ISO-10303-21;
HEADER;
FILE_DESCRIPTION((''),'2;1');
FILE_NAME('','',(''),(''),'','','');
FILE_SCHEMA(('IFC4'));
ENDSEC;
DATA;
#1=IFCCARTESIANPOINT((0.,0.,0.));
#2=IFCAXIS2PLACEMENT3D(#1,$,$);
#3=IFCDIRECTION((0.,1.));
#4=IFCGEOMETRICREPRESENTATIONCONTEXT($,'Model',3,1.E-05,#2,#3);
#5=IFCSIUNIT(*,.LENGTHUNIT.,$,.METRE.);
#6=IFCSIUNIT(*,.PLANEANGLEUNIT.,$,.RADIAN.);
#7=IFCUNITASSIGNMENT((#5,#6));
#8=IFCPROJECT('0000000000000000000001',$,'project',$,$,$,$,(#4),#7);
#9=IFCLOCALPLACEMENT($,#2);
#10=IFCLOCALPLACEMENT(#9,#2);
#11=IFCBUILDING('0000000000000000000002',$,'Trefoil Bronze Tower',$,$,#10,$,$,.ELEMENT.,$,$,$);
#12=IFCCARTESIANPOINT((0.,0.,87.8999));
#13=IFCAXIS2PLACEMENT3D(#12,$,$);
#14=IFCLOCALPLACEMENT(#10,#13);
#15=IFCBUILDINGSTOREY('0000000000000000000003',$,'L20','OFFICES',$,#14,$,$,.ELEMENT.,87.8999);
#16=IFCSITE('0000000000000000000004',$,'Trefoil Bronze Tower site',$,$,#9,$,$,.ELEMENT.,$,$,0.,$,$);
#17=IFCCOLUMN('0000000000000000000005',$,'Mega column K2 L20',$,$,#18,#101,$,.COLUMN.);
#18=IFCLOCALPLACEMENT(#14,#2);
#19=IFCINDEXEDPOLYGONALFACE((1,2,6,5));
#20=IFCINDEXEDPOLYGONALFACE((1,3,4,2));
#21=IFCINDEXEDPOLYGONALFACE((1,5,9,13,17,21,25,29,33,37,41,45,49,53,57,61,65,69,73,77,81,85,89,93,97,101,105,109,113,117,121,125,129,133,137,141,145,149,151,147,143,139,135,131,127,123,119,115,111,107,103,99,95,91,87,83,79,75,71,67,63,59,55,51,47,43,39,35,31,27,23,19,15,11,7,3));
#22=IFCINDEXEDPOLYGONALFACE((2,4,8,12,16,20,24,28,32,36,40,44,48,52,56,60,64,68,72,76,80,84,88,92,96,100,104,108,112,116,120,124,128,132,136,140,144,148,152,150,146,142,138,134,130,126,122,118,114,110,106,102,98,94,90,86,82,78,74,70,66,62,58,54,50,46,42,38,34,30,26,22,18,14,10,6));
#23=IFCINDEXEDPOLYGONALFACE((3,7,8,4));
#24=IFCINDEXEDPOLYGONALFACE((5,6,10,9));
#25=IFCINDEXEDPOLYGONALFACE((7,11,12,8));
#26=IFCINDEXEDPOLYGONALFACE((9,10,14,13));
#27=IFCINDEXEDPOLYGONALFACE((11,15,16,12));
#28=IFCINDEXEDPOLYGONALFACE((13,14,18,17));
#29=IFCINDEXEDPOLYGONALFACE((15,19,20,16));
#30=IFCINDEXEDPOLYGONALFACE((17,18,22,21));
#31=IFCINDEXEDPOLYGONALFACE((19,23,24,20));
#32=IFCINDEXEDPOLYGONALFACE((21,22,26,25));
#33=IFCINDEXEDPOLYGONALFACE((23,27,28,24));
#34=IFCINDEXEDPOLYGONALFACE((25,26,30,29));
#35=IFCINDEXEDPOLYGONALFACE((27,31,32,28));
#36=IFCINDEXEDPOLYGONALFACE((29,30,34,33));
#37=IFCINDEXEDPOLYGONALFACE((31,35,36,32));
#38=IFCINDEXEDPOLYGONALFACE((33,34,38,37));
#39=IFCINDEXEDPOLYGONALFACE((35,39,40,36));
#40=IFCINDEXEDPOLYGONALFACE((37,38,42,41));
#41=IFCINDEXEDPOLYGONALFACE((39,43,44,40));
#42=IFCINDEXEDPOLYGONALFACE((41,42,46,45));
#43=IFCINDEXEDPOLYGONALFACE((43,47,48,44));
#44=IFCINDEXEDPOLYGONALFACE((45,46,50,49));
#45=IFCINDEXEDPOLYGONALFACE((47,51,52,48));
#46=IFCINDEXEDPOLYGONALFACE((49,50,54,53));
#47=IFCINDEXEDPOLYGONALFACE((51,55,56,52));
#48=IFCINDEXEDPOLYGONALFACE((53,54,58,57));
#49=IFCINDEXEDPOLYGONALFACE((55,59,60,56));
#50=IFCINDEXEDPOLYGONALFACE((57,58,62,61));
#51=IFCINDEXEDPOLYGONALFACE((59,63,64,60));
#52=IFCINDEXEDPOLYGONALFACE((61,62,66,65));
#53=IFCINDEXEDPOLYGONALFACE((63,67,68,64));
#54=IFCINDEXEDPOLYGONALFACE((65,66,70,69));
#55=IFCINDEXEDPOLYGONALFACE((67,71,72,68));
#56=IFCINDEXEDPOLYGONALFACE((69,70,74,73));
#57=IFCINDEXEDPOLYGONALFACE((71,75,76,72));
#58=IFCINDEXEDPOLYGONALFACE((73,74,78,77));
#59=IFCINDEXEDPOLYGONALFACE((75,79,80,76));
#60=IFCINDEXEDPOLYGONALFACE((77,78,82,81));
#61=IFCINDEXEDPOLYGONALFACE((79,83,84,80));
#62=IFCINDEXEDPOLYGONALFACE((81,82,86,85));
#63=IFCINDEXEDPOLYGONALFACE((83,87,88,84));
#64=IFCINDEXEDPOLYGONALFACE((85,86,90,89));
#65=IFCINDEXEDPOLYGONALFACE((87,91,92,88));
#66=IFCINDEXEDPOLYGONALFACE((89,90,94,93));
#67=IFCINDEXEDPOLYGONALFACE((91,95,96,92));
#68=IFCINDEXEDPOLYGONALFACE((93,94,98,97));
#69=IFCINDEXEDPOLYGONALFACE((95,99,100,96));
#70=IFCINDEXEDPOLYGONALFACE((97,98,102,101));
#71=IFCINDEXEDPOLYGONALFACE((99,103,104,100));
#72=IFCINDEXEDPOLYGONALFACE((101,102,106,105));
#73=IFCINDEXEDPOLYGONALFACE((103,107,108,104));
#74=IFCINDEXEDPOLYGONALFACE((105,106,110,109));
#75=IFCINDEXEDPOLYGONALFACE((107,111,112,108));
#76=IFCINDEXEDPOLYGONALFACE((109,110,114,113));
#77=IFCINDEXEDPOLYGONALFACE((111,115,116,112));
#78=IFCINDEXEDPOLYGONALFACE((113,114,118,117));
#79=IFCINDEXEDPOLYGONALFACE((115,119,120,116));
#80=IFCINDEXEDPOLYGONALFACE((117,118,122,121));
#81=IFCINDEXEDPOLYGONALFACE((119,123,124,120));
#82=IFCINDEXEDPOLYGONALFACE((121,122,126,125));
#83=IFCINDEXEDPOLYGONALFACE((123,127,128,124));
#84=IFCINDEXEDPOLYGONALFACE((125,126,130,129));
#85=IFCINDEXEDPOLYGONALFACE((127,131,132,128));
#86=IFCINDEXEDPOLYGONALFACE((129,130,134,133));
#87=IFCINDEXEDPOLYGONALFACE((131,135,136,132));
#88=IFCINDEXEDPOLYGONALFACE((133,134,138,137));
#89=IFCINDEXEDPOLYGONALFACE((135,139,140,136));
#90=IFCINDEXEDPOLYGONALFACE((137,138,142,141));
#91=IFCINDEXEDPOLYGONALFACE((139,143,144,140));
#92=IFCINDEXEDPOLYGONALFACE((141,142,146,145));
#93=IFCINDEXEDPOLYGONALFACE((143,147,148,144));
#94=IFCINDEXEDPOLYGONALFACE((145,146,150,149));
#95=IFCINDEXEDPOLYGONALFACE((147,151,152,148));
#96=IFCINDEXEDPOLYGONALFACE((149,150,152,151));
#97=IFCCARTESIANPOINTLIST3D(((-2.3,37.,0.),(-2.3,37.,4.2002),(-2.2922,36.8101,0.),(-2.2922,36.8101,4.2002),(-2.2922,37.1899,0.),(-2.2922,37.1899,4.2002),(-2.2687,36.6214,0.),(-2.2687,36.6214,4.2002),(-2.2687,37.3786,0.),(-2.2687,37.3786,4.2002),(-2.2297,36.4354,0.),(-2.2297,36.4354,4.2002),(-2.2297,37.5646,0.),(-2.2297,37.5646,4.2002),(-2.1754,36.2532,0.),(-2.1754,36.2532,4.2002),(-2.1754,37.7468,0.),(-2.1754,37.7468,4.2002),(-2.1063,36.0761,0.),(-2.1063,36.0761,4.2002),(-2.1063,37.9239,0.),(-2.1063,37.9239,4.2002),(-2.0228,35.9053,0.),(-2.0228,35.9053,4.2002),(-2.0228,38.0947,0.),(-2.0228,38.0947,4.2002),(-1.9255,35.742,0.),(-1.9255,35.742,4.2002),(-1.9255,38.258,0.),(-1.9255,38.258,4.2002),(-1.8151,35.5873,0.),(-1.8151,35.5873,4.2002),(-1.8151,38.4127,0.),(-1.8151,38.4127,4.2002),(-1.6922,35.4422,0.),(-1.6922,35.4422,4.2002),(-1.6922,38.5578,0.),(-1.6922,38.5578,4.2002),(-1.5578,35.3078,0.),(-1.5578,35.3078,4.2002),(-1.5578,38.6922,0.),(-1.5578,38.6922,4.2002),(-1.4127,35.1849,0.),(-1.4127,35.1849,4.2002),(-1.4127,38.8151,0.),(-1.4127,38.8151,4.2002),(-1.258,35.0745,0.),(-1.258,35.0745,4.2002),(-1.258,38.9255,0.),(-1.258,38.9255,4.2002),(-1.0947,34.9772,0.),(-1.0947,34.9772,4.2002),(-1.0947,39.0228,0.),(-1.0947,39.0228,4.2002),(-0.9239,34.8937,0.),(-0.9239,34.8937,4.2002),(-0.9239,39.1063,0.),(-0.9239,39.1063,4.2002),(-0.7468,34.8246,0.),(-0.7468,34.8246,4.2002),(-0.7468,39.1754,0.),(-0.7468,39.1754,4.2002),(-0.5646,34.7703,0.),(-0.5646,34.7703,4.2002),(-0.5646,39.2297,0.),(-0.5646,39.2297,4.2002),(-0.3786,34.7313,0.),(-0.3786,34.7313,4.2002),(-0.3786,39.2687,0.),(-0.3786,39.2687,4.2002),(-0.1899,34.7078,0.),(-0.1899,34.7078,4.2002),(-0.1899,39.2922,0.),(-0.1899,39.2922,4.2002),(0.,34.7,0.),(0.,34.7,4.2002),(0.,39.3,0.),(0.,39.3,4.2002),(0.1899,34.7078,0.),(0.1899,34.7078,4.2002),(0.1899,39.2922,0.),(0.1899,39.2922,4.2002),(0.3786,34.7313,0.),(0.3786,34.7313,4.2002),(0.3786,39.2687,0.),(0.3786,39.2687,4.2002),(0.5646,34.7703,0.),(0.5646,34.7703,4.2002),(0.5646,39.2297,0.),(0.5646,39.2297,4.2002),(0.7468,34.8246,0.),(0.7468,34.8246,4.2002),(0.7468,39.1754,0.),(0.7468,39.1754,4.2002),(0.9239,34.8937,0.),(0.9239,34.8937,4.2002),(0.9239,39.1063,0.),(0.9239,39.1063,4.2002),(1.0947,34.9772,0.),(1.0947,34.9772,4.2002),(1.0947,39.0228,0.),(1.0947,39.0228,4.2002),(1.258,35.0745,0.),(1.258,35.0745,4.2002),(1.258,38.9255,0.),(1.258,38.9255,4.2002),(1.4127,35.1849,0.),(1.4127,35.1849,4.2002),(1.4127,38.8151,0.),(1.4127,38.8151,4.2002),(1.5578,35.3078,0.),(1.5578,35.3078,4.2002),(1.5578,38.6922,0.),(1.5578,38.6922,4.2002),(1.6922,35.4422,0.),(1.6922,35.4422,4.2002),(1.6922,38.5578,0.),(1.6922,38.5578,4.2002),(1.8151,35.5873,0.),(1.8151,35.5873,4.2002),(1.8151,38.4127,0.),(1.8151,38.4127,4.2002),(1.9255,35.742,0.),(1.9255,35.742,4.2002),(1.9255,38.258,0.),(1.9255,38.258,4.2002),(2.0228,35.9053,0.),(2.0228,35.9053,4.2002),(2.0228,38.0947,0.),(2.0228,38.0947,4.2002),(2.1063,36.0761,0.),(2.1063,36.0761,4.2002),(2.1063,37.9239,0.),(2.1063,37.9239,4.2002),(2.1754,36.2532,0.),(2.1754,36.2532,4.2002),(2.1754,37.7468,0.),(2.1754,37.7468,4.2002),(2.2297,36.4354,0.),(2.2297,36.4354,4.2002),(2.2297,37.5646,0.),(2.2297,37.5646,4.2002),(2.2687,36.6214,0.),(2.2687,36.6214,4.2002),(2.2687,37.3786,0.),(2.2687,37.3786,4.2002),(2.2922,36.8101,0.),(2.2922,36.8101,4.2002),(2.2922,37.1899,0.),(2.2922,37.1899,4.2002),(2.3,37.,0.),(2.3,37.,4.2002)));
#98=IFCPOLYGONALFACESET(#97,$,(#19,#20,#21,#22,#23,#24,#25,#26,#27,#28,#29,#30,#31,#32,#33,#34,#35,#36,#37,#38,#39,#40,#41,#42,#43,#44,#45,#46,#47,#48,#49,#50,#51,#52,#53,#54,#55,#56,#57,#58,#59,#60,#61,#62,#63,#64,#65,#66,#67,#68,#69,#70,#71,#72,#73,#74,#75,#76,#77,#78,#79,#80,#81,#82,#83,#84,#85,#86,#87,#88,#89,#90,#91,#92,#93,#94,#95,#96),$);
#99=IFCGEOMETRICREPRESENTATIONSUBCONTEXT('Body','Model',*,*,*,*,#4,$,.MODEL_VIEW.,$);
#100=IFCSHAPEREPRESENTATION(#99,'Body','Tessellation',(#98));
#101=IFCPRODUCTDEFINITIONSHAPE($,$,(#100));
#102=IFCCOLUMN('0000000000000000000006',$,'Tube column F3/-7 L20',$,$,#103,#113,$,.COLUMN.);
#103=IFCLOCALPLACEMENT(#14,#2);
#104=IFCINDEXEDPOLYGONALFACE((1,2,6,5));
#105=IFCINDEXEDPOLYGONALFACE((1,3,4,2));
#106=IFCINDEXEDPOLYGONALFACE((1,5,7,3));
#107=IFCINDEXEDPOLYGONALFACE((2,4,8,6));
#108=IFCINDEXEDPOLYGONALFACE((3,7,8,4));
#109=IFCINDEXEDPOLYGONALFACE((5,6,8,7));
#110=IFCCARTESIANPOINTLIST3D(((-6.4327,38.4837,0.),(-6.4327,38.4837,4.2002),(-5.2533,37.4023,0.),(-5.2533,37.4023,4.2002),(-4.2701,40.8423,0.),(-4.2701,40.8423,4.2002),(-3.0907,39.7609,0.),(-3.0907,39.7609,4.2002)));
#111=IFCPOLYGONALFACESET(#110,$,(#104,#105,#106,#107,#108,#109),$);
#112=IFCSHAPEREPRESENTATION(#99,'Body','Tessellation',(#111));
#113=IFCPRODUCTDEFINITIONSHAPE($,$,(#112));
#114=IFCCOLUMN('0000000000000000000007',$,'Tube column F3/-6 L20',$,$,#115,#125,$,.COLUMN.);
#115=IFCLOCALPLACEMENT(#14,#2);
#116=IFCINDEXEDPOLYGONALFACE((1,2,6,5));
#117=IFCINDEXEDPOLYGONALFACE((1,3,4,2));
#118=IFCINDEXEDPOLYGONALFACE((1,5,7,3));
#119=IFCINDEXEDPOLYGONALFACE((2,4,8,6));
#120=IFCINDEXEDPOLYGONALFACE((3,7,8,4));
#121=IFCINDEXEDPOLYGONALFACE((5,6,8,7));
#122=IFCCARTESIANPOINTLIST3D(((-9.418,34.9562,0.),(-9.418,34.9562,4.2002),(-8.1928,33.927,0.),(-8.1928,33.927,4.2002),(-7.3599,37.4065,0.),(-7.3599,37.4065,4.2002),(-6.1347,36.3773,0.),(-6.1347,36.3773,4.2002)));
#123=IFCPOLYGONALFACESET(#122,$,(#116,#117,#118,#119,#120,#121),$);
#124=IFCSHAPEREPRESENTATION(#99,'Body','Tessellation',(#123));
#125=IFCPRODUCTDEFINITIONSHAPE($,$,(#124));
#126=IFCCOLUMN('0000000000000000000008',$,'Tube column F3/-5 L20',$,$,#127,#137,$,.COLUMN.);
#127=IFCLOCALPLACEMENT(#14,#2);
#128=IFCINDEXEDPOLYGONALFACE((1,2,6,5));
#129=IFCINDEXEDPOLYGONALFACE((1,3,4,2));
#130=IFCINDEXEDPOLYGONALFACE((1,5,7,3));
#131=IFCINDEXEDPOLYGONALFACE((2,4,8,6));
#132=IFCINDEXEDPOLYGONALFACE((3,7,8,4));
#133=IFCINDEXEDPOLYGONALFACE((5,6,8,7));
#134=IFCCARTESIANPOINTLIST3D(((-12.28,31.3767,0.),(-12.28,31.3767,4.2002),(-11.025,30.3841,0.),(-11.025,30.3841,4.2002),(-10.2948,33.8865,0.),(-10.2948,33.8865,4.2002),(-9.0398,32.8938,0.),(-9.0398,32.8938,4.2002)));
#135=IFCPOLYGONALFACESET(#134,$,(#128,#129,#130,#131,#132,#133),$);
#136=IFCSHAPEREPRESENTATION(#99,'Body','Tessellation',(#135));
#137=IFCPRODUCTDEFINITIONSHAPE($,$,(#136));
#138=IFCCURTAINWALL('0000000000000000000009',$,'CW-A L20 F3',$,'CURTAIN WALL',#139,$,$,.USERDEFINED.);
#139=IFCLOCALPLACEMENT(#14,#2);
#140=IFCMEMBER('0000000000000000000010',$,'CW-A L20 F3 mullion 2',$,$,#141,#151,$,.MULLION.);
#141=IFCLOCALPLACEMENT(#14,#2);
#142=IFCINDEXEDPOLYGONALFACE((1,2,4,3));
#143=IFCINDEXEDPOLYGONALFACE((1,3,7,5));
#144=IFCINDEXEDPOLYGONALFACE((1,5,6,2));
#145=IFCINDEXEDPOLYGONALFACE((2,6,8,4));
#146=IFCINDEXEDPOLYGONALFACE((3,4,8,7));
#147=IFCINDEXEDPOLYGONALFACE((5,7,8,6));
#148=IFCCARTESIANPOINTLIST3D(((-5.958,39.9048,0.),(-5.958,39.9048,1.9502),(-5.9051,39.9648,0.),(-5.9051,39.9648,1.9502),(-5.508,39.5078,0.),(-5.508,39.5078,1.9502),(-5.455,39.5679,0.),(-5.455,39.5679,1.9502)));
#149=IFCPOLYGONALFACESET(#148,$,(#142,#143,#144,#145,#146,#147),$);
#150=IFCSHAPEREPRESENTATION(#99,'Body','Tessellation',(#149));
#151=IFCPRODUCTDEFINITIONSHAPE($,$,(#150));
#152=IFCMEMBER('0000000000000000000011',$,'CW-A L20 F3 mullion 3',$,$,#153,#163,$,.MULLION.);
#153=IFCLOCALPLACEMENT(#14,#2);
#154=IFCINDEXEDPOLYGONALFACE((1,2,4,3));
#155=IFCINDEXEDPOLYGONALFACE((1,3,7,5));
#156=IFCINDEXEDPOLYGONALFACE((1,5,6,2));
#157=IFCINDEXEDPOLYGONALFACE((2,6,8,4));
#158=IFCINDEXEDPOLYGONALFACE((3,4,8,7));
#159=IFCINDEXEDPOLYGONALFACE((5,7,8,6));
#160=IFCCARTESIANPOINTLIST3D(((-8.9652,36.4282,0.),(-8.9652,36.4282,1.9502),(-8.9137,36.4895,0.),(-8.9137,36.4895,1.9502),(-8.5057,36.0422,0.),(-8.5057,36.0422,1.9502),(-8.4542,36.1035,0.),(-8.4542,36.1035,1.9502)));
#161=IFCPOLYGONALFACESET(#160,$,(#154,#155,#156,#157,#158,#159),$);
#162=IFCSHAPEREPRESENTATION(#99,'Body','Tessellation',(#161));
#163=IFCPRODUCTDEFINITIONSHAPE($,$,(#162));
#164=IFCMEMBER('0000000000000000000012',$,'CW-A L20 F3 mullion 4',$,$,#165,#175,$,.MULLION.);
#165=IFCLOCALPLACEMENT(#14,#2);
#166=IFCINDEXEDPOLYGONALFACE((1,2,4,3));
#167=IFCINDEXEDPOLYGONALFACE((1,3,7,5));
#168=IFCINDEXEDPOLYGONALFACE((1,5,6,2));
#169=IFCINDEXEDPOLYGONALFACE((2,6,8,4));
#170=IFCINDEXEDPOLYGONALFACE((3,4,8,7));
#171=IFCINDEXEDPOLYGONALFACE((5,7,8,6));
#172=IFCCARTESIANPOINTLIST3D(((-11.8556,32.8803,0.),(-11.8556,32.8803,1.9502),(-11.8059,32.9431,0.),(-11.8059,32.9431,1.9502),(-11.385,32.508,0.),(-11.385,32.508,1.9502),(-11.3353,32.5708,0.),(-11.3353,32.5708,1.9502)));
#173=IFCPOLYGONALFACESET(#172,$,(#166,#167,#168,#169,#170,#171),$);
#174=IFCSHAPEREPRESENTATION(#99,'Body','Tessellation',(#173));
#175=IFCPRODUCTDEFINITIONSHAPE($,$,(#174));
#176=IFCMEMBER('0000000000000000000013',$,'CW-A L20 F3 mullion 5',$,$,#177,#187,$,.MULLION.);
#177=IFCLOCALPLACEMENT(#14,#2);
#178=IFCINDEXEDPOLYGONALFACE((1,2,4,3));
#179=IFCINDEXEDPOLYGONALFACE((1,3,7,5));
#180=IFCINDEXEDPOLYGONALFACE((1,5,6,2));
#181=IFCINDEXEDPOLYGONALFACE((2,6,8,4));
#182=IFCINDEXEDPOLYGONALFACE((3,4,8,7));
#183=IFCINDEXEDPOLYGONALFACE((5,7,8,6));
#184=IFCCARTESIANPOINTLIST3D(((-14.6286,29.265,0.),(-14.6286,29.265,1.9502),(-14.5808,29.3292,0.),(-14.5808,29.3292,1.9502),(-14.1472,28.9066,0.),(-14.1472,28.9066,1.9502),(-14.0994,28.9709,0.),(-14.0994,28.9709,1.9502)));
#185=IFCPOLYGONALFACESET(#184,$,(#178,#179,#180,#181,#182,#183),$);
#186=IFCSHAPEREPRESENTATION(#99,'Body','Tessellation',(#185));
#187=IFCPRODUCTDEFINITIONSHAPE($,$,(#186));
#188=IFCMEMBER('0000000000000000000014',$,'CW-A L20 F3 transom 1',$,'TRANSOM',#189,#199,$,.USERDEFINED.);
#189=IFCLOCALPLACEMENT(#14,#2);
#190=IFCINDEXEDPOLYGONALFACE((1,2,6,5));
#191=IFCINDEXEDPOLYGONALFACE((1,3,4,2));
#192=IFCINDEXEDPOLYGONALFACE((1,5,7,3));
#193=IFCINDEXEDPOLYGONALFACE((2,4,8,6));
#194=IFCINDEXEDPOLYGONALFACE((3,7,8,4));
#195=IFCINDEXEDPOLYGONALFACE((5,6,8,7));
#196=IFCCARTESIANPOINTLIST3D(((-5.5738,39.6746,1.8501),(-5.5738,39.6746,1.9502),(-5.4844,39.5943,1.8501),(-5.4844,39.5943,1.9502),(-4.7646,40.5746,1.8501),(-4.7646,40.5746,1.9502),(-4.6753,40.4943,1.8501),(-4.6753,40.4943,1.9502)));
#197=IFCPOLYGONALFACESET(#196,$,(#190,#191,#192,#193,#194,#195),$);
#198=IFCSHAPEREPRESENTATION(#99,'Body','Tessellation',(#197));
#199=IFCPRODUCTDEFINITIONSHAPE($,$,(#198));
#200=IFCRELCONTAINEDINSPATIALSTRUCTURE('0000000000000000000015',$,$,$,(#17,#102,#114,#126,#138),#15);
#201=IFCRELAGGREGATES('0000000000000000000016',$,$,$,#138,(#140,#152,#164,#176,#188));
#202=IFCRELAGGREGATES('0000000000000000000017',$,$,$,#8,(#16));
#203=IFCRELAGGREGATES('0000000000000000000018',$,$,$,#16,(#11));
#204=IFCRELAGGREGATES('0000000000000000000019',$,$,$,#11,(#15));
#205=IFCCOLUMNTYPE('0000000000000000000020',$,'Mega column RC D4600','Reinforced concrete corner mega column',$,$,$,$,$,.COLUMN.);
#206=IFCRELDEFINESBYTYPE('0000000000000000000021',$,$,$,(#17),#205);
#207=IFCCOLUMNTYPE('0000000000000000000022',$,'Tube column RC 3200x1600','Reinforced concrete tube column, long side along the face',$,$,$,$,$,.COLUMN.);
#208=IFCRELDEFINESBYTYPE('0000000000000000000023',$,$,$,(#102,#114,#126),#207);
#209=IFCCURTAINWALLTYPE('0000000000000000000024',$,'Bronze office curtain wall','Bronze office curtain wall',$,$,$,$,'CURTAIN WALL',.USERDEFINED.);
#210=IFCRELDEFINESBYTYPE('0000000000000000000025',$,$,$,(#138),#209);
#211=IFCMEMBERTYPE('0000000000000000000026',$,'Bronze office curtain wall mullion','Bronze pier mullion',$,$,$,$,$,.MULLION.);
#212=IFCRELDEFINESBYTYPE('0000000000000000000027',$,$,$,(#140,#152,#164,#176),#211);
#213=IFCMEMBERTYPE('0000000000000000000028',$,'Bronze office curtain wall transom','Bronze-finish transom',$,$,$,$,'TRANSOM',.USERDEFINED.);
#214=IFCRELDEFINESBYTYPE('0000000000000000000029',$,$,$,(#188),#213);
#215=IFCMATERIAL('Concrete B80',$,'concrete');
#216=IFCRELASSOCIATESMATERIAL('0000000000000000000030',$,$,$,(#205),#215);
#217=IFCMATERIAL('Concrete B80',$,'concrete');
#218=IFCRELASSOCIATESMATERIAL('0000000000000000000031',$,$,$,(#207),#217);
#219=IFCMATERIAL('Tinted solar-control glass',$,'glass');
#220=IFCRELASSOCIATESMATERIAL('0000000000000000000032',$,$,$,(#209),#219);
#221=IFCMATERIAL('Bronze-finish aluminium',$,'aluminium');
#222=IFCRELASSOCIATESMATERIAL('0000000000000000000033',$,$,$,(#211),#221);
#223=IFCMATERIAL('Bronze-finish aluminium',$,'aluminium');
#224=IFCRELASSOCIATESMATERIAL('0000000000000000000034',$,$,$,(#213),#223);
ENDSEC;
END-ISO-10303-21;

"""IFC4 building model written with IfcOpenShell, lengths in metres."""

from ifc_helpers import new_model, si_unit, direction, frame, origin, origin_2d, place, context, subcontext, project, spatial, rectangle, circle, extrude, material, material_profile, profile_set, type_object, element, aggregate, save


model = new_model("IFC4")

# Units and contexts
model_context = context("Model", 3, precision=1e-05, world=origin(), true_north=direction((0.0, 1.0)))
body_context = subcontext(model_context, "Body", "Model", "MODEL_VIEW")
ifc_project = project(units=[si_unit("LENGTHUNIT", "METRE"), si_unit("PLANEANGLEUNIT", "RADIAN")], contexts=[model_context])

# Site, building, storey
site_placement = place(None, origin())
site = spatial("IfcSite", under=ifc_project, at=site_placement, Name="Trefoil Bronze Tower site", CompositionType="ELEMENT", RefElevation=0.0)
building_placement = place(site_placement, origin())
building = spatial("IfcBuilding", under=site, at=building_placement, Name="Trefoil Bronze Tower", CompositionType="ELEMENT")
storey_placement = place(building_placement, frame((0.0, 0.0, 87.8999)))
storey = spatial("IfcBuildingStorey", under=building, at=storey_placement, Name="L20", Description="OFFICES", CompositionType="ELEMENT", Elevation=87.8999)

# Columns
ifc_material_1 = material(Name="Concrete B80", Category="concrete")
ifc_material_profile_1 = material_profile(ifc_material_1, circle(Radius=2.3, at=origin_2d()), Name="RC D4600")
ifc_profile_set_1 = profile_set([ifc_material_profile_1], Name="Concrete B80")
column_type_1 = type_object("IfcColumnType", Name="Mega column RC D4600", Description="Reinforced concrete corner mega column", PredefinedType="COLUMN", material=ifc_profile_set_1)
column_placement = place(storey_placement, frame((0.0, 37.0, 0.0), z_axis=(0.0, 0.0, 1.0), x_axis=(1.0, 0.0, 0.0)))
element("IfcColumn", 1, at=column_placement, inside=storey, type_object=column_type_1, Name="Mega column K2 L20", PredefinedType="COLUMN", context=body_context, shape_type="SweptSolid", body=[
    extrude(circle(Radius=2.3, at=origin_2d()), origin(), (0.0, 0.0, 1.0), 4.2002),
])
ifc_material_2 = material(Name="Concrete B80", Category="concrete")
ifc_material_profile_2 = material_profile(ifc_material_2, rectangle(XDim=3.2, YDim=1.6001, at=origin_2d()), Name="RC 3200x1600")
ifc_profile_set_2 = profile_set([ifc_material_profile_2], Name="Concrete B80")
column_type_2 = type_object("IfcColumnType", Name="Tube column RC 3200x1600", Description="Reinforced concrete tube column, long side along the face", PredefinedType="COLUMN", material=ifc_profile_set_2)
for number, where, z_axis, x_axis, name in (
    (2, (-4.7617, 39.1223, 0.0), (0.0, 0.0, 1.0), (-0.675816, -0.73707, 0.0), "Tube column F3/-7 L20"),
    (3, (-7.7764, 35.6667, 0.0), (0.0, 0.0, 1.0), (-0.643163, -0.765729, 0.0), "Tube column F3/-6 L20"),
    (4, (-10.6599, 32.1353, 0.0), (0.0, 0.0, 1.0), (-0.620376, -0.784305, 0.0), "Tube column F3/-5 L20"),
):
    element("IfcColumn", number, at=place(storey_placement, frame(where, z_axis=z_axis, x_axis=x_axis)), inside=storey, type_object=column_type_2, Name=name, PredefinedType="COLUMN", context=body_context, shape_type="SweptSolid", body=[
        extrude(rectangle(XDim=3.2, YDim=1.6001, at=origin_2d()), origin(), (0.0, 0.0, 1.0), 4.2002),
    ])

# Curtain wall, members
ifc_material_3 = material(Name="Tinted solar-control glass", Category="glass")
curtain_wall_type_1 = type_object("IfcCurtainWallType", Name="Bronze office curtain wall", Description="Bronze office curtain wall", ElementType="CURTAIN WALL", PredefinedType="USERDEFINED", material=ifc_material_3)
curtain_wall_1_placement = place(storey_placement, origin())
curtain_wall_1 = element("IfcCurtainWall", 5, at=curtain_wall_1_placement, inside=storey, type_object=curtain_wall_type_1, Name="CW-A L20 F3", ObjectType="CURTAIN WALL", PredefinedType="USERDEFINED")
ifc_material_4 = material(Name="Bronze-finish aluminium", Category="aluminium")
ifc_material_profile_3 = material_profile(ifc_material_4, rectangle(XDim=0.6001, YDim=0.0801, at=origin_2d()), Name="CW-A mullion")
ifc_profile_set_3 = profile_set([ifc_material_profile_3], Name="Bronze-finish aluminium")
member_type_1 = type_object("IfcMemberType", Name="Bronze office curtain wall mullion", Description="Bronze pier mullion", PredefinedType="MULLION", material=ifc_profile_set_3)
member_1_placement = place(storey_placement, frame((-5.7065, 39.7363, 0.0), z_axis=(0.0, 0.0, 1.0), x_axis=(0.749941, -0.661505, 0.0)))
member_1 = element("IfcMember", 6, at=member_1_placement, type_object=member_type_1, Name="CW-A L20 F3 mullion 2", PredefinedType="MULLION", context=body_context, shape_type="SweptSolid", body=[
    extrude(rectangle(XDim=0.6001, YDim=0.0801, at=origin_2d()), origin(), (0.0, 0.0, 1.0), 1.9502),
])
member_2_placement = place(storey_placement, frame((-8.7097, 36.2659, 0.0), z_axis=(0.0, 0.0, 1.0), x_axis=(0.765729, -0.643163, 0.0)))
member_2 = element("IfcMember", 7, at=member_2_placement, type_object=member_type_1, Name="CW-A L20 F3 mullion 3", PredefinedType="MULLION", context=body_context, shape_type="SweptSolid", body=[
    extrude(rectangle(XDim=0.6001, YDim=0.0801, at=origin_2d()), origin(), (0.0, 0.0, 1.0), 1.9502),
])
member_3_placement = place(storey_placement, frame((-11.5955, 32.7256, 0.0), z_axis=(0.0, 0.0, 1.0), x_axis=(0.784305, -0.620376, 0.0)))
member_3 = element("IfcMember", 8, at=member_3_placement, type_object=member_type_1, Name="CW-A L20 F3 mullion 4", PredefinedType="MULLION", context=body_context, shape_type="SweptSolid", body=[
    extrude(rectangle(XDim=0.6001, YDim=0.0801, at=origin_2d()), origin(), (0.0, 0.0, 1.0), 1.9502),
])
member_4_placement = place(storey_placement, frame((-14.364, 29.1179, 0.0), z_axis=(0.0, 0.0, 1.0), x_axis=(0.802127, -0.597154, 0.0)))
member_4 = element("IfcMember", 9, at=member_4_placement, type_object=member_type_1, Name="CW-A L20 F3 mullion 5", PredefinedType="MULLION", context=body_context, shape_type="SweptSolid", body=[
    extrude(rectangle(XDim=0.6001, YDim=0.0801, at=origin_2d()), origin(), (0.0, 0.0, 1.0), 1.9502),
])
ifc_material_5 = material(Name="Bronze-finish aluminium", Category="aluminium")
ifc_material_profile_4 = material_profile(ifc_material_5, rectangle(XDim=0.1201, YDim=0.1001, at=origin_2d()), Name="CW-A transom")
ifc_profile_set_4 = profile_set([ifc_material_profile_4], Name="Bronze-finish aluminium")
member_type_2 = type_object("IfcMemberType", Name="Bronze office curtain wall transom", Description="Bronze-finish transom", ElementType="TRANSOM", PredefinedType="USERDEFINED", material=ifc_profile_set_4)
member_5_placement = place(storey_placement, frame((-4.72, 40.5344, 1.9001), z_axis=(-0.668586, -0.743635, 0.0), x_axis=(0.743635, -0.668586, 0.0)))
member_5 = element("IfcMember", 10, at=member_5_placement, type_object=member_type_2, Name="CW-A L20 F3 transom 1", ObjectType="TRANSOM", PredefinedType="USERDEFINED", context=body_context, shape_type="SweptSolid", body=[
    extrude(rectangle(XDim=0.1201, YDim=0.1001, at=origin_2d()), origin(), (0.0, 0.0, 1.0), 1.2102),
])

aggregate(curtain_wall_1, [member_1, member_2, member_3, member_4, member_5])

save(model, "model.ifc")
